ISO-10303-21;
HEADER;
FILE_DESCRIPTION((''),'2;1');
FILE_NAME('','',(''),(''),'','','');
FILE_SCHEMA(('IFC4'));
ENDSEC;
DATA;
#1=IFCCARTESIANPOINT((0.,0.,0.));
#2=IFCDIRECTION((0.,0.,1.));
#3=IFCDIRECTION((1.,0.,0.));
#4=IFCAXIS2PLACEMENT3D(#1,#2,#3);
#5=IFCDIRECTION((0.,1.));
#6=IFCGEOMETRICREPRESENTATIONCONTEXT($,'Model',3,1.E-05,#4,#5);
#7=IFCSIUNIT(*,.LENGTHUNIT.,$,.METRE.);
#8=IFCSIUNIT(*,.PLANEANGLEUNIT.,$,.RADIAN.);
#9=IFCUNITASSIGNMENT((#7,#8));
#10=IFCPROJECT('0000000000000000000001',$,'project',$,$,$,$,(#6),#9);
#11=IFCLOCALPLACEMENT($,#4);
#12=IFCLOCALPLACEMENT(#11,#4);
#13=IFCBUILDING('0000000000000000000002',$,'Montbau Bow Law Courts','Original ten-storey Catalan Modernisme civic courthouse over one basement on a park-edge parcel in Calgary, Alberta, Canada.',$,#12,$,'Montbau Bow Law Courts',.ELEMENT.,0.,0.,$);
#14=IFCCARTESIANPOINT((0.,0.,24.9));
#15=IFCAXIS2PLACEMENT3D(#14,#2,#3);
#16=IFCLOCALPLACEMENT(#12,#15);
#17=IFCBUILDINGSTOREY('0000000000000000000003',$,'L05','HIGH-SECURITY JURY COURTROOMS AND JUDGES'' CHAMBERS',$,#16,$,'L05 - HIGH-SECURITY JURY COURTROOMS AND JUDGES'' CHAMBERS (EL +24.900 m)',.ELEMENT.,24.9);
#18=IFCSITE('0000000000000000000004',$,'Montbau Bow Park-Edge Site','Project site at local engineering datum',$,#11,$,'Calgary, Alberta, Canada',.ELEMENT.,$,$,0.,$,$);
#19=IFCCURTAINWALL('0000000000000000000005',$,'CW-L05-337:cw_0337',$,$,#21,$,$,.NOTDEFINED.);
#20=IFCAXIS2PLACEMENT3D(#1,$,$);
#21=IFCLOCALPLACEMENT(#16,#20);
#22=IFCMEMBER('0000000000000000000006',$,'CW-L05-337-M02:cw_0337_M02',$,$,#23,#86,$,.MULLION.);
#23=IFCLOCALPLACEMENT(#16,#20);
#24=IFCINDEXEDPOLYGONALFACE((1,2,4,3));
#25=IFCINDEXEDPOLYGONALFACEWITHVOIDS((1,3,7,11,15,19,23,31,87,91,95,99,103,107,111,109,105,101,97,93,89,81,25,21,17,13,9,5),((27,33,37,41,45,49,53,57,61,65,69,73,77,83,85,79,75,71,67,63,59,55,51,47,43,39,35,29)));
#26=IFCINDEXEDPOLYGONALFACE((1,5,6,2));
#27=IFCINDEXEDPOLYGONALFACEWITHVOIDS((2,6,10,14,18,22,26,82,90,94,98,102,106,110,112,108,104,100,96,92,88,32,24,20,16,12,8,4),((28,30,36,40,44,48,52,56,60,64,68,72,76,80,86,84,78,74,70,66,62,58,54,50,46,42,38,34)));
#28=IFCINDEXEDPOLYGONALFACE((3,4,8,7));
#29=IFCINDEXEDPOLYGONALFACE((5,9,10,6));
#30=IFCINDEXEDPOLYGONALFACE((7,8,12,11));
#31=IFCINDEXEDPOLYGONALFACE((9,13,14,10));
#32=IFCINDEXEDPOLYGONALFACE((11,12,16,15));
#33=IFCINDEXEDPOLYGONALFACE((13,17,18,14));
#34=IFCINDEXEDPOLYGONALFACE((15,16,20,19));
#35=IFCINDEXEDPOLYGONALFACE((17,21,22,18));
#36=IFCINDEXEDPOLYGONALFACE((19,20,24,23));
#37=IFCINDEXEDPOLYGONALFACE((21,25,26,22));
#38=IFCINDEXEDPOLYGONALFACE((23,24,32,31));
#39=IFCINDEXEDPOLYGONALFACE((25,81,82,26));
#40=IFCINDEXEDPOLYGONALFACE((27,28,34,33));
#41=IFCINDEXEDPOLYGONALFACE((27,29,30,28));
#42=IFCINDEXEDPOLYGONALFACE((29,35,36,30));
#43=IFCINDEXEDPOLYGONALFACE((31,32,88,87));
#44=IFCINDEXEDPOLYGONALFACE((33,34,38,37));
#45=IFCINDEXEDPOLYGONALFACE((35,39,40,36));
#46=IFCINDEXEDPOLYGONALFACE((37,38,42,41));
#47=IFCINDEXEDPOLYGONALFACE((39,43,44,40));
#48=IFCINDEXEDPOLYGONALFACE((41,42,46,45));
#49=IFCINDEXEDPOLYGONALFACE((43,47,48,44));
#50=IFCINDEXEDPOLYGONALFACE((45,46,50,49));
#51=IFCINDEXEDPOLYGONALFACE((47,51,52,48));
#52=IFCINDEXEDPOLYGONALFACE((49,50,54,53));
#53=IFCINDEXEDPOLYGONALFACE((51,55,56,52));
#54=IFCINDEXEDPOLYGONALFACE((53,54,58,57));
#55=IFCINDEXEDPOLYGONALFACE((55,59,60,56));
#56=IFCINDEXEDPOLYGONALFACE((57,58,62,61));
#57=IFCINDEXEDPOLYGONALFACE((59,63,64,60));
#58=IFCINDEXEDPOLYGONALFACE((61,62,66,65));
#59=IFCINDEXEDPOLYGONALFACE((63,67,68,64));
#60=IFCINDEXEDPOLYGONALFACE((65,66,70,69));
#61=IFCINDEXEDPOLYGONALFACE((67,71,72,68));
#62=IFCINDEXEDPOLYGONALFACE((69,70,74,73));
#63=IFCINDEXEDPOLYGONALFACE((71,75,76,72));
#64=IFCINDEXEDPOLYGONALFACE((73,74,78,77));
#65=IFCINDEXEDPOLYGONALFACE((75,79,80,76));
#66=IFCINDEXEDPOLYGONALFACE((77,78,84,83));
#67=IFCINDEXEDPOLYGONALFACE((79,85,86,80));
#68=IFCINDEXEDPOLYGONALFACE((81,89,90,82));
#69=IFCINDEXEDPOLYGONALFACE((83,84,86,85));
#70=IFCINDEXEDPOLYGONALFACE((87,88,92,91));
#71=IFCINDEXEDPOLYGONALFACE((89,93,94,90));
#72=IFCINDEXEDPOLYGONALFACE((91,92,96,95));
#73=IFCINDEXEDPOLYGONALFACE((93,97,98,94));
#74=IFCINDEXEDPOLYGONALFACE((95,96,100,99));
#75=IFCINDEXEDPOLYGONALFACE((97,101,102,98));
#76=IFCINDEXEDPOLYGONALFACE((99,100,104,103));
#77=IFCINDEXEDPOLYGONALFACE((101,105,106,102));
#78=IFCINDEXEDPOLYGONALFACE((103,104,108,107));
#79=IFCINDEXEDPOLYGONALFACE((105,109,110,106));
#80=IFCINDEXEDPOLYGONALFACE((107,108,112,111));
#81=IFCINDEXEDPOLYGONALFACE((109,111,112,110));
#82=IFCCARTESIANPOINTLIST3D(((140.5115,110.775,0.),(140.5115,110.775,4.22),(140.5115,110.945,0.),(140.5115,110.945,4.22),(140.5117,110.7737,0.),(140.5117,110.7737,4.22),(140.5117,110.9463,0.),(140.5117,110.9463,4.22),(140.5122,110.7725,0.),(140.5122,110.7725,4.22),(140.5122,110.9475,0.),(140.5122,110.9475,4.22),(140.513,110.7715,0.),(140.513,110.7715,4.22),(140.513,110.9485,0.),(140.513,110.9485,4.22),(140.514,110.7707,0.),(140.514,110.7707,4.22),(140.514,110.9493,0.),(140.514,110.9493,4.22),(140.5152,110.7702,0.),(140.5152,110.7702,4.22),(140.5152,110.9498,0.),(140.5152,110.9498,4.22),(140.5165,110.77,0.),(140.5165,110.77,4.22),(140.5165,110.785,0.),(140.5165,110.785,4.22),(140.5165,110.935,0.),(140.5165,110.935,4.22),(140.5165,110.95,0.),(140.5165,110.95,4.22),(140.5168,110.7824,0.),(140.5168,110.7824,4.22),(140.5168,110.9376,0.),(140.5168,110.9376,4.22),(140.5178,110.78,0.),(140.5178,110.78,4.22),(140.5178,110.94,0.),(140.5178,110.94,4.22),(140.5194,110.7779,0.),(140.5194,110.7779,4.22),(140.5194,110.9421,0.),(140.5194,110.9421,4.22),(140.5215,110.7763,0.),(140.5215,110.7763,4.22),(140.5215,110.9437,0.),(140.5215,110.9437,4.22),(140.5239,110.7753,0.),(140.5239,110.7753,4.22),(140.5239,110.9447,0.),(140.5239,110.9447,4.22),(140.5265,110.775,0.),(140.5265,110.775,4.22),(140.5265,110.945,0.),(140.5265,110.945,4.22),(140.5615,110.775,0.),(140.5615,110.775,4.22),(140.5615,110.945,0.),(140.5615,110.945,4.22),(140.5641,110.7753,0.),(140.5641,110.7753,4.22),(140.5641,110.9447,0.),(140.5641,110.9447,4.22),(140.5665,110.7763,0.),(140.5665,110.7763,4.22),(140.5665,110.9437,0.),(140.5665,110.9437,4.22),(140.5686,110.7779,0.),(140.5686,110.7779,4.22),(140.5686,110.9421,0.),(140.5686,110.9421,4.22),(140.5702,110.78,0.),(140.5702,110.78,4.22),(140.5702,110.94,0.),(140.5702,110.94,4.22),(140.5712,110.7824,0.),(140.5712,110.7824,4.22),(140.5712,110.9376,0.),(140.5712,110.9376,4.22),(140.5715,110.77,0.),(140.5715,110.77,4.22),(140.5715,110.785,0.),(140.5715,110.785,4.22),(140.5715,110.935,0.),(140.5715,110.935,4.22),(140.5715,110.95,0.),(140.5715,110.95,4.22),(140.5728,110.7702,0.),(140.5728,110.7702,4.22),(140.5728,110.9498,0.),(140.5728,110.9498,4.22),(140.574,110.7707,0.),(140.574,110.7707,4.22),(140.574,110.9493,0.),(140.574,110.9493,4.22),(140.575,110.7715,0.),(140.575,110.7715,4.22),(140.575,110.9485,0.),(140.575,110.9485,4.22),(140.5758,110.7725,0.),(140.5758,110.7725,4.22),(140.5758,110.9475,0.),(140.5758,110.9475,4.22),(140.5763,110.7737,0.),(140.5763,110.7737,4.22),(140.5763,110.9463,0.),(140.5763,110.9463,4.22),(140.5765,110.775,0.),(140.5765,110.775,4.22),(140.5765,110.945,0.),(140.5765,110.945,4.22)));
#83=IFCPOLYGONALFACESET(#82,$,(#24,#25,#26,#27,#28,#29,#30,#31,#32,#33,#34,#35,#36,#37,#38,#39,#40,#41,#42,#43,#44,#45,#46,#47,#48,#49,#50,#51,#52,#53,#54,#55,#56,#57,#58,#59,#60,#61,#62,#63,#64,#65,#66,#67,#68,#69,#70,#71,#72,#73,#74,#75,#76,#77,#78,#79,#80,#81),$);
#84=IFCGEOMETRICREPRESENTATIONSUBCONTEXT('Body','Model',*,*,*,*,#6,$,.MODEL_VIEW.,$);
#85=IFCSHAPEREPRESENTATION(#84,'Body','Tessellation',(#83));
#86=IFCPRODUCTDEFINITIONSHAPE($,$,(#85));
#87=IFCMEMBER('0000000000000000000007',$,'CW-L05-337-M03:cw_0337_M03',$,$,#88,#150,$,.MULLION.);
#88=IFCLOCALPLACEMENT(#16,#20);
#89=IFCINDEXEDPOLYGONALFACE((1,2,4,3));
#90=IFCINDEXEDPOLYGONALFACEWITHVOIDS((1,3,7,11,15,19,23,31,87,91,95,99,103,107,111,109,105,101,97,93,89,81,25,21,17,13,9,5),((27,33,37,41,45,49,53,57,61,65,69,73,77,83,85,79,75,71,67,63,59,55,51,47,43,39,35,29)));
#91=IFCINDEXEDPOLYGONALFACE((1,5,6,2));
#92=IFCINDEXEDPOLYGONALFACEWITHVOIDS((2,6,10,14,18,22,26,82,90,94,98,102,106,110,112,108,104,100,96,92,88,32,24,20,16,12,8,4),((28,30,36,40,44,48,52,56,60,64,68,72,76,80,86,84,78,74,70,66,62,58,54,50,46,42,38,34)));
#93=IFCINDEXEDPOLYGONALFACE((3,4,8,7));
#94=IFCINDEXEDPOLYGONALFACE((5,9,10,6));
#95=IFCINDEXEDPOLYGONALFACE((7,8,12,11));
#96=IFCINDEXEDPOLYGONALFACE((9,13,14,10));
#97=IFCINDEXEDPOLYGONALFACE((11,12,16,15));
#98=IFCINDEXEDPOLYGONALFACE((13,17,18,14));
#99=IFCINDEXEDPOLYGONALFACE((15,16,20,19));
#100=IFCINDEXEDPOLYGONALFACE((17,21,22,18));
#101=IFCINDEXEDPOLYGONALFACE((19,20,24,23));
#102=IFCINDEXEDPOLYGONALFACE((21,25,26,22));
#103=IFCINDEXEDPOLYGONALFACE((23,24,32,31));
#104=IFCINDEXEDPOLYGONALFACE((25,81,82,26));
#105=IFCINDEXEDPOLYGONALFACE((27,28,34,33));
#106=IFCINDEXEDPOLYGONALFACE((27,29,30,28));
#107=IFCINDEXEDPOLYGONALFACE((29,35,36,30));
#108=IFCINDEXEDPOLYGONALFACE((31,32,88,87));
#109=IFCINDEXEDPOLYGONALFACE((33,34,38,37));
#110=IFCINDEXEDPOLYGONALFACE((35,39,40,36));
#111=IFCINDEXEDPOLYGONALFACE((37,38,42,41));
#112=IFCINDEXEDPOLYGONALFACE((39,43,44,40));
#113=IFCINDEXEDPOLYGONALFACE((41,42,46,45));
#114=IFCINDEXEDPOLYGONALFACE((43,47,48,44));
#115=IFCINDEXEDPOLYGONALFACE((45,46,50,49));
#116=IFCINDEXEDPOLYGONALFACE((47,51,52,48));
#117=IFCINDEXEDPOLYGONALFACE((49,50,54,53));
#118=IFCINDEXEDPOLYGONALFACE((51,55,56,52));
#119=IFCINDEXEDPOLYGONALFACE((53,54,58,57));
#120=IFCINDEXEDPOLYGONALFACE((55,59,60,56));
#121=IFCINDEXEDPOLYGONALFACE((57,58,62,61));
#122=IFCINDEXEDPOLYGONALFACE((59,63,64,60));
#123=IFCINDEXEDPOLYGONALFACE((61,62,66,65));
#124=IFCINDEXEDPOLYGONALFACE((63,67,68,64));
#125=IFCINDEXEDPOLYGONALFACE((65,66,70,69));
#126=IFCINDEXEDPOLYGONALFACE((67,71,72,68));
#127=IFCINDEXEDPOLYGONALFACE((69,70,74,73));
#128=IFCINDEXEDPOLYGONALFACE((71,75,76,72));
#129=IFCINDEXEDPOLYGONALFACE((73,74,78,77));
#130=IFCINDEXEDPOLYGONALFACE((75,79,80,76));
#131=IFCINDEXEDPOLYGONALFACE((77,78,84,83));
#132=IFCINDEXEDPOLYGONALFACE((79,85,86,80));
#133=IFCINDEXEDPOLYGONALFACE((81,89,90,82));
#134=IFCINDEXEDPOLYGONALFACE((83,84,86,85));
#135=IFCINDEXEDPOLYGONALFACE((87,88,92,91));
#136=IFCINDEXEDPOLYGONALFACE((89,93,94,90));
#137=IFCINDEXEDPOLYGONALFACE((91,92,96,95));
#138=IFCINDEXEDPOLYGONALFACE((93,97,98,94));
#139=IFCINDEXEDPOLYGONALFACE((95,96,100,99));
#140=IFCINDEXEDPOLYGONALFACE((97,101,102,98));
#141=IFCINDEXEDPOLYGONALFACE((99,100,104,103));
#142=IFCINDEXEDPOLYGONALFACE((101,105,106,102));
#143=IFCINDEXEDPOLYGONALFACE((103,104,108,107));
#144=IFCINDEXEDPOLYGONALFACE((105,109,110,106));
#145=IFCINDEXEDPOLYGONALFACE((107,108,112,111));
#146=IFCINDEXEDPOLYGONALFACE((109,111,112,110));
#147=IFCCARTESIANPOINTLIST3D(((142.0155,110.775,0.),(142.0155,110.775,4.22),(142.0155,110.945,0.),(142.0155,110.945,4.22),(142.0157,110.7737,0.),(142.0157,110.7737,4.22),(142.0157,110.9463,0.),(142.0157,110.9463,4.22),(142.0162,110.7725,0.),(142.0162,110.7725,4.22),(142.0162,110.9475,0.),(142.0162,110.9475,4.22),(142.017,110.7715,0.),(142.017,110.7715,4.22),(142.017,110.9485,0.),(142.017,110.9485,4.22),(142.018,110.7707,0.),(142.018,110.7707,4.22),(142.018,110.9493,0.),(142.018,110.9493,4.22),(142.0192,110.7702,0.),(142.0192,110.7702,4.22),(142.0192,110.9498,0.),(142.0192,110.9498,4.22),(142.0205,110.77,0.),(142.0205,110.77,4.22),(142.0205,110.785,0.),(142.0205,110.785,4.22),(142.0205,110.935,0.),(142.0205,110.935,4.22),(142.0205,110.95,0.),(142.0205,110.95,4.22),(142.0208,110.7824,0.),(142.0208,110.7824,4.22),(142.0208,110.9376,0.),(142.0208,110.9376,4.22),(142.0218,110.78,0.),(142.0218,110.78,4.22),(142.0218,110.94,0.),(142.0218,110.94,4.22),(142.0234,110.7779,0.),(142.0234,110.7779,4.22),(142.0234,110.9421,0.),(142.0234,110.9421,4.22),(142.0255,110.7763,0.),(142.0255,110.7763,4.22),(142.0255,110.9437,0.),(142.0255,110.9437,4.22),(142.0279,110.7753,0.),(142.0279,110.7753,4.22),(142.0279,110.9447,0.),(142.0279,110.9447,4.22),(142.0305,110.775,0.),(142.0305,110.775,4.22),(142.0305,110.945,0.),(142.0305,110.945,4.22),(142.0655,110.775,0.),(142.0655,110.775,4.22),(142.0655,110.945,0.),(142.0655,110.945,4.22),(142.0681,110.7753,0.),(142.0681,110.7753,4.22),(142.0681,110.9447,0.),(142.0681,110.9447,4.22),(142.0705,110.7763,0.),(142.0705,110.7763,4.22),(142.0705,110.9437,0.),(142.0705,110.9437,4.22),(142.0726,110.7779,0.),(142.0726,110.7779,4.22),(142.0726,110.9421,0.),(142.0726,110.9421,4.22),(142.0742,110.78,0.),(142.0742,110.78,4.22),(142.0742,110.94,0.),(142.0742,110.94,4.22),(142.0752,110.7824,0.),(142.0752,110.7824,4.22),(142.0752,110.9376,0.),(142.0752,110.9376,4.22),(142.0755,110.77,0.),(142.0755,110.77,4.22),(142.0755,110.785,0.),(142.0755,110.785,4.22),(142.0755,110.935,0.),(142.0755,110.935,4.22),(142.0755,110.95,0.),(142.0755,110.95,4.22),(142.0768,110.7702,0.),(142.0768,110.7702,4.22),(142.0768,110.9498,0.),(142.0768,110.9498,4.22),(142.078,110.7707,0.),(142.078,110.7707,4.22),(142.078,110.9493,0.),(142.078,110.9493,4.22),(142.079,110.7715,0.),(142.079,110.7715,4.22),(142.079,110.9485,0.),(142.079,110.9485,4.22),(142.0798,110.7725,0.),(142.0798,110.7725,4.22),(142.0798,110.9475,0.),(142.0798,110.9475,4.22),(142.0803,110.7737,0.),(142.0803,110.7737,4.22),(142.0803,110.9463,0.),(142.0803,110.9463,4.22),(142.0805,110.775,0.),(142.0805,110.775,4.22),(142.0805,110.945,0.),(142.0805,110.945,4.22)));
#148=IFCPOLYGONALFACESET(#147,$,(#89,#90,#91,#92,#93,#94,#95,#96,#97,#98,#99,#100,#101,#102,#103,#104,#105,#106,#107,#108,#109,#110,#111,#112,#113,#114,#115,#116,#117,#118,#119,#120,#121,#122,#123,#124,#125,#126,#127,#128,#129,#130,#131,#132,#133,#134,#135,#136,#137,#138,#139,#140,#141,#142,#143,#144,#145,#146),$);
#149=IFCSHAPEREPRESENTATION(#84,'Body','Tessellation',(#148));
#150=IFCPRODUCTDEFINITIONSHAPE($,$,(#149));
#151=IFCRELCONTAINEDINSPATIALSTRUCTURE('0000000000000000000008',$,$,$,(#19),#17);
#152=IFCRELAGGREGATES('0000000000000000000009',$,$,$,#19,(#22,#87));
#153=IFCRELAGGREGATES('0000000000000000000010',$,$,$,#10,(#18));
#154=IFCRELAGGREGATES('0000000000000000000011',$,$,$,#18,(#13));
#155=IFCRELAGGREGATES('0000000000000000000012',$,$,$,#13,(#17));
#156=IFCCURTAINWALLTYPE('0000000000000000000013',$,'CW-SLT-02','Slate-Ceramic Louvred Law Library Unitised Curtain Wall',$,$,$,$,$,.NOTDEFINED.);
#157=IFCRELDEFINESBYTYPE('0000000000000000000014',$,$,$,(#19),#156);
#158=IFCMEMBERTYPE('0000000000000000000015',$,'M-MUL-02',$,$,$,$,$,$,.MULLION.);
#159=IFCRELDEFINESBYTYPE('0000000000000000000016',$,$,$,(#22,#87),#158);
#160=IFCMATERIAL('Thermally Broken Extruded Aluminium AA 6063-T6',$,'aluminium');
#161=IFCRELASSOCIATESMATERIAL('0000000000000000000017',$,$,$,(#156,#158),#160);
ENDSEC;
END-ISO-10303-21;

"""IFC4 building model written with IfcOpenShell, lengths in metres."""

from ifc_helpers import new_model, si_unit, direction, frame, origin_with_axes, origin_2d_with_axis, place, context, subcontext, project, spatial, hollow_rectangle, extrude, material, material_profile, profile_set, type_object, element, aggregate, save


model = new_model("IFC4")

# Units and contexts
model_context = context("Model", 3, precision=1e-05, world=origin_with_axes(), true_north=direction((0.0, 1.0)))
body_context = subcontext(model_context, "Body", "Model", "MODEL_VIEW")
ifc_project = project(units=[si_unit("LENGTHUNIT", "METRE"), si_unit("PLANEANGLEUNIT", "RADIAN")], contexts=[model_context])

# Site, building, storey
site_placement = place(None, origin_with_axes())
site = spatial("IfcSite", under=ifc_project, at=site_placement, Name="Montbau Bow Park-Edge Site", Description="Project site at local engineering datum", LongName="Calgary, Alberta, Canada", CompositionType="ELEMENT", RefElevation=0.0)
building_placement = place(site_placement, origin_with_axes())
building = spatial("IfcBuilding", under=site, at=building_placement, Name="Montbau Bow Law Courts", Description="Original ten-storey Catalan Modernisme civic courthouse over one basement on a park-edge parcel in Calgary, Alberta, Canada.", LongName="Montbau Bow Law Courts", CompositionType="ELEMENT", ElevationOfRefHeight=0.0, ElevationOfTerrain=0.0)
storey_placement = place(building_placement, frame((0.0, 0.0, 24.9), z_axis=(0.0, 0.0, 1.0), x_axis=(1.0, 0.0, 0.0)))
storey = spatial("IfcBuildingStorey", under=building, at=storey_placement, Name="L05", Description="HIGH-SECURITY JURY COURTROOMS AND JUDGES' CHAMBERS", LongName="L05 - HIGH-SECURITY JURY COURTROOMS AND JUDGES' CHAMBERS (EL +24.900 m)", CompositionType="ELEMENT", Elevation=24.9)

# Curtain wall, members
ifc_material_1 = material(Name="Thermally Broken Extruded Aluminium AA 6063-T6", Category="aluminium")
curtain_wall_type = type_object("IfcCurtainWallType", Name="CW-SLT-02", Description="Slate-Ceramic Louvred Law Library Unitised Curtain Wall", PredefinedType="NOTDEFINED", material=ifc_material_1)
curtain_wall_placement = place(None, frame((139.04, 110.86, 24.9), z_axis=(0.0, 0.0, 1.0), x_axis=(1.0, 0.0, 0.0)))
curtain_wall = element("IfcCurtainWall", 1, at=curtain_wall_placement, inside=storey, type_object=curtain_wall_type, Name="CW-L05-337:cw_0337", PredefinedType="NOTDEFINED")
ifc_material_profile_1 = material_profile(ifc_material_1, hollow_rectangle(XDim=0.065, YDim=0.18, WallThickness=0.005, InnerFilletRadius=0.01, OuterFilletRadius=0.005, at=origin_2d_with_axis()), Name="CWM-180X65", Category="Main", Priority=0)
ifc_profile_set_1 = profile_set([ifc_material_profile_1], Name="Thermally Broken Extruded Aluminium AA 6063-T6")
member_type_1 = type_object("IfcMemberType", Name="M-MUL-02", PredefinedType="MULLION", material=ifc_profile_set_1)
member_1_placement = place(None, frame((140.544, 110.86, 24.9), z_axis=(0.0, 0.0, 1.0), x_axis=(1.0, 0.0, 0.0)))
member_1 = element("IfcMember", 2, at=member_1_placement, type_object=member_type_1, Name="CW-L05-337-M02:cw_0337_M02", PredefinedType="MULLION", context=body_context, shape_type="SweptSolid", body=[
    extrude(hollow_rectangle(XDim=0.065, YDim=0.18, WallThickness=0.005, InnerFilletRadius=0.01, OuterFilletRadius=0.005, at=origin_2d_with_axis()), origin_with_axes(), (0.0, 0.0, 1.0), 4.22),
])
member_2_placement = place(None, frame((142.048, 110.86, 24.9), z_axis=(0.0, 0.0, 1.0), x_axis=(1.0, 0.0, 0.0)))
member_2 = element("IfcMember", 3, at=member_2_placement, type_object=member_type_1, Name="CW-L05-337-M03:cw_0337_M03", PredefinedType="MULLION", context=body_context, shape_type="SweptSolid", body=[
    extrude(hollow_rectangle(XDim=0.065, YDim=0.18, WallThickness=0.005, InnerFilletRadius=0.01, OuterFilletRadius=0.005, at=origin_2d_with_axis()), origin_with_axes(), (0.0, 0.0, 1.0), 4.22),
])
aggregate(curtain_wall, [member_1, member_2])

save(model, "model.ifc")
